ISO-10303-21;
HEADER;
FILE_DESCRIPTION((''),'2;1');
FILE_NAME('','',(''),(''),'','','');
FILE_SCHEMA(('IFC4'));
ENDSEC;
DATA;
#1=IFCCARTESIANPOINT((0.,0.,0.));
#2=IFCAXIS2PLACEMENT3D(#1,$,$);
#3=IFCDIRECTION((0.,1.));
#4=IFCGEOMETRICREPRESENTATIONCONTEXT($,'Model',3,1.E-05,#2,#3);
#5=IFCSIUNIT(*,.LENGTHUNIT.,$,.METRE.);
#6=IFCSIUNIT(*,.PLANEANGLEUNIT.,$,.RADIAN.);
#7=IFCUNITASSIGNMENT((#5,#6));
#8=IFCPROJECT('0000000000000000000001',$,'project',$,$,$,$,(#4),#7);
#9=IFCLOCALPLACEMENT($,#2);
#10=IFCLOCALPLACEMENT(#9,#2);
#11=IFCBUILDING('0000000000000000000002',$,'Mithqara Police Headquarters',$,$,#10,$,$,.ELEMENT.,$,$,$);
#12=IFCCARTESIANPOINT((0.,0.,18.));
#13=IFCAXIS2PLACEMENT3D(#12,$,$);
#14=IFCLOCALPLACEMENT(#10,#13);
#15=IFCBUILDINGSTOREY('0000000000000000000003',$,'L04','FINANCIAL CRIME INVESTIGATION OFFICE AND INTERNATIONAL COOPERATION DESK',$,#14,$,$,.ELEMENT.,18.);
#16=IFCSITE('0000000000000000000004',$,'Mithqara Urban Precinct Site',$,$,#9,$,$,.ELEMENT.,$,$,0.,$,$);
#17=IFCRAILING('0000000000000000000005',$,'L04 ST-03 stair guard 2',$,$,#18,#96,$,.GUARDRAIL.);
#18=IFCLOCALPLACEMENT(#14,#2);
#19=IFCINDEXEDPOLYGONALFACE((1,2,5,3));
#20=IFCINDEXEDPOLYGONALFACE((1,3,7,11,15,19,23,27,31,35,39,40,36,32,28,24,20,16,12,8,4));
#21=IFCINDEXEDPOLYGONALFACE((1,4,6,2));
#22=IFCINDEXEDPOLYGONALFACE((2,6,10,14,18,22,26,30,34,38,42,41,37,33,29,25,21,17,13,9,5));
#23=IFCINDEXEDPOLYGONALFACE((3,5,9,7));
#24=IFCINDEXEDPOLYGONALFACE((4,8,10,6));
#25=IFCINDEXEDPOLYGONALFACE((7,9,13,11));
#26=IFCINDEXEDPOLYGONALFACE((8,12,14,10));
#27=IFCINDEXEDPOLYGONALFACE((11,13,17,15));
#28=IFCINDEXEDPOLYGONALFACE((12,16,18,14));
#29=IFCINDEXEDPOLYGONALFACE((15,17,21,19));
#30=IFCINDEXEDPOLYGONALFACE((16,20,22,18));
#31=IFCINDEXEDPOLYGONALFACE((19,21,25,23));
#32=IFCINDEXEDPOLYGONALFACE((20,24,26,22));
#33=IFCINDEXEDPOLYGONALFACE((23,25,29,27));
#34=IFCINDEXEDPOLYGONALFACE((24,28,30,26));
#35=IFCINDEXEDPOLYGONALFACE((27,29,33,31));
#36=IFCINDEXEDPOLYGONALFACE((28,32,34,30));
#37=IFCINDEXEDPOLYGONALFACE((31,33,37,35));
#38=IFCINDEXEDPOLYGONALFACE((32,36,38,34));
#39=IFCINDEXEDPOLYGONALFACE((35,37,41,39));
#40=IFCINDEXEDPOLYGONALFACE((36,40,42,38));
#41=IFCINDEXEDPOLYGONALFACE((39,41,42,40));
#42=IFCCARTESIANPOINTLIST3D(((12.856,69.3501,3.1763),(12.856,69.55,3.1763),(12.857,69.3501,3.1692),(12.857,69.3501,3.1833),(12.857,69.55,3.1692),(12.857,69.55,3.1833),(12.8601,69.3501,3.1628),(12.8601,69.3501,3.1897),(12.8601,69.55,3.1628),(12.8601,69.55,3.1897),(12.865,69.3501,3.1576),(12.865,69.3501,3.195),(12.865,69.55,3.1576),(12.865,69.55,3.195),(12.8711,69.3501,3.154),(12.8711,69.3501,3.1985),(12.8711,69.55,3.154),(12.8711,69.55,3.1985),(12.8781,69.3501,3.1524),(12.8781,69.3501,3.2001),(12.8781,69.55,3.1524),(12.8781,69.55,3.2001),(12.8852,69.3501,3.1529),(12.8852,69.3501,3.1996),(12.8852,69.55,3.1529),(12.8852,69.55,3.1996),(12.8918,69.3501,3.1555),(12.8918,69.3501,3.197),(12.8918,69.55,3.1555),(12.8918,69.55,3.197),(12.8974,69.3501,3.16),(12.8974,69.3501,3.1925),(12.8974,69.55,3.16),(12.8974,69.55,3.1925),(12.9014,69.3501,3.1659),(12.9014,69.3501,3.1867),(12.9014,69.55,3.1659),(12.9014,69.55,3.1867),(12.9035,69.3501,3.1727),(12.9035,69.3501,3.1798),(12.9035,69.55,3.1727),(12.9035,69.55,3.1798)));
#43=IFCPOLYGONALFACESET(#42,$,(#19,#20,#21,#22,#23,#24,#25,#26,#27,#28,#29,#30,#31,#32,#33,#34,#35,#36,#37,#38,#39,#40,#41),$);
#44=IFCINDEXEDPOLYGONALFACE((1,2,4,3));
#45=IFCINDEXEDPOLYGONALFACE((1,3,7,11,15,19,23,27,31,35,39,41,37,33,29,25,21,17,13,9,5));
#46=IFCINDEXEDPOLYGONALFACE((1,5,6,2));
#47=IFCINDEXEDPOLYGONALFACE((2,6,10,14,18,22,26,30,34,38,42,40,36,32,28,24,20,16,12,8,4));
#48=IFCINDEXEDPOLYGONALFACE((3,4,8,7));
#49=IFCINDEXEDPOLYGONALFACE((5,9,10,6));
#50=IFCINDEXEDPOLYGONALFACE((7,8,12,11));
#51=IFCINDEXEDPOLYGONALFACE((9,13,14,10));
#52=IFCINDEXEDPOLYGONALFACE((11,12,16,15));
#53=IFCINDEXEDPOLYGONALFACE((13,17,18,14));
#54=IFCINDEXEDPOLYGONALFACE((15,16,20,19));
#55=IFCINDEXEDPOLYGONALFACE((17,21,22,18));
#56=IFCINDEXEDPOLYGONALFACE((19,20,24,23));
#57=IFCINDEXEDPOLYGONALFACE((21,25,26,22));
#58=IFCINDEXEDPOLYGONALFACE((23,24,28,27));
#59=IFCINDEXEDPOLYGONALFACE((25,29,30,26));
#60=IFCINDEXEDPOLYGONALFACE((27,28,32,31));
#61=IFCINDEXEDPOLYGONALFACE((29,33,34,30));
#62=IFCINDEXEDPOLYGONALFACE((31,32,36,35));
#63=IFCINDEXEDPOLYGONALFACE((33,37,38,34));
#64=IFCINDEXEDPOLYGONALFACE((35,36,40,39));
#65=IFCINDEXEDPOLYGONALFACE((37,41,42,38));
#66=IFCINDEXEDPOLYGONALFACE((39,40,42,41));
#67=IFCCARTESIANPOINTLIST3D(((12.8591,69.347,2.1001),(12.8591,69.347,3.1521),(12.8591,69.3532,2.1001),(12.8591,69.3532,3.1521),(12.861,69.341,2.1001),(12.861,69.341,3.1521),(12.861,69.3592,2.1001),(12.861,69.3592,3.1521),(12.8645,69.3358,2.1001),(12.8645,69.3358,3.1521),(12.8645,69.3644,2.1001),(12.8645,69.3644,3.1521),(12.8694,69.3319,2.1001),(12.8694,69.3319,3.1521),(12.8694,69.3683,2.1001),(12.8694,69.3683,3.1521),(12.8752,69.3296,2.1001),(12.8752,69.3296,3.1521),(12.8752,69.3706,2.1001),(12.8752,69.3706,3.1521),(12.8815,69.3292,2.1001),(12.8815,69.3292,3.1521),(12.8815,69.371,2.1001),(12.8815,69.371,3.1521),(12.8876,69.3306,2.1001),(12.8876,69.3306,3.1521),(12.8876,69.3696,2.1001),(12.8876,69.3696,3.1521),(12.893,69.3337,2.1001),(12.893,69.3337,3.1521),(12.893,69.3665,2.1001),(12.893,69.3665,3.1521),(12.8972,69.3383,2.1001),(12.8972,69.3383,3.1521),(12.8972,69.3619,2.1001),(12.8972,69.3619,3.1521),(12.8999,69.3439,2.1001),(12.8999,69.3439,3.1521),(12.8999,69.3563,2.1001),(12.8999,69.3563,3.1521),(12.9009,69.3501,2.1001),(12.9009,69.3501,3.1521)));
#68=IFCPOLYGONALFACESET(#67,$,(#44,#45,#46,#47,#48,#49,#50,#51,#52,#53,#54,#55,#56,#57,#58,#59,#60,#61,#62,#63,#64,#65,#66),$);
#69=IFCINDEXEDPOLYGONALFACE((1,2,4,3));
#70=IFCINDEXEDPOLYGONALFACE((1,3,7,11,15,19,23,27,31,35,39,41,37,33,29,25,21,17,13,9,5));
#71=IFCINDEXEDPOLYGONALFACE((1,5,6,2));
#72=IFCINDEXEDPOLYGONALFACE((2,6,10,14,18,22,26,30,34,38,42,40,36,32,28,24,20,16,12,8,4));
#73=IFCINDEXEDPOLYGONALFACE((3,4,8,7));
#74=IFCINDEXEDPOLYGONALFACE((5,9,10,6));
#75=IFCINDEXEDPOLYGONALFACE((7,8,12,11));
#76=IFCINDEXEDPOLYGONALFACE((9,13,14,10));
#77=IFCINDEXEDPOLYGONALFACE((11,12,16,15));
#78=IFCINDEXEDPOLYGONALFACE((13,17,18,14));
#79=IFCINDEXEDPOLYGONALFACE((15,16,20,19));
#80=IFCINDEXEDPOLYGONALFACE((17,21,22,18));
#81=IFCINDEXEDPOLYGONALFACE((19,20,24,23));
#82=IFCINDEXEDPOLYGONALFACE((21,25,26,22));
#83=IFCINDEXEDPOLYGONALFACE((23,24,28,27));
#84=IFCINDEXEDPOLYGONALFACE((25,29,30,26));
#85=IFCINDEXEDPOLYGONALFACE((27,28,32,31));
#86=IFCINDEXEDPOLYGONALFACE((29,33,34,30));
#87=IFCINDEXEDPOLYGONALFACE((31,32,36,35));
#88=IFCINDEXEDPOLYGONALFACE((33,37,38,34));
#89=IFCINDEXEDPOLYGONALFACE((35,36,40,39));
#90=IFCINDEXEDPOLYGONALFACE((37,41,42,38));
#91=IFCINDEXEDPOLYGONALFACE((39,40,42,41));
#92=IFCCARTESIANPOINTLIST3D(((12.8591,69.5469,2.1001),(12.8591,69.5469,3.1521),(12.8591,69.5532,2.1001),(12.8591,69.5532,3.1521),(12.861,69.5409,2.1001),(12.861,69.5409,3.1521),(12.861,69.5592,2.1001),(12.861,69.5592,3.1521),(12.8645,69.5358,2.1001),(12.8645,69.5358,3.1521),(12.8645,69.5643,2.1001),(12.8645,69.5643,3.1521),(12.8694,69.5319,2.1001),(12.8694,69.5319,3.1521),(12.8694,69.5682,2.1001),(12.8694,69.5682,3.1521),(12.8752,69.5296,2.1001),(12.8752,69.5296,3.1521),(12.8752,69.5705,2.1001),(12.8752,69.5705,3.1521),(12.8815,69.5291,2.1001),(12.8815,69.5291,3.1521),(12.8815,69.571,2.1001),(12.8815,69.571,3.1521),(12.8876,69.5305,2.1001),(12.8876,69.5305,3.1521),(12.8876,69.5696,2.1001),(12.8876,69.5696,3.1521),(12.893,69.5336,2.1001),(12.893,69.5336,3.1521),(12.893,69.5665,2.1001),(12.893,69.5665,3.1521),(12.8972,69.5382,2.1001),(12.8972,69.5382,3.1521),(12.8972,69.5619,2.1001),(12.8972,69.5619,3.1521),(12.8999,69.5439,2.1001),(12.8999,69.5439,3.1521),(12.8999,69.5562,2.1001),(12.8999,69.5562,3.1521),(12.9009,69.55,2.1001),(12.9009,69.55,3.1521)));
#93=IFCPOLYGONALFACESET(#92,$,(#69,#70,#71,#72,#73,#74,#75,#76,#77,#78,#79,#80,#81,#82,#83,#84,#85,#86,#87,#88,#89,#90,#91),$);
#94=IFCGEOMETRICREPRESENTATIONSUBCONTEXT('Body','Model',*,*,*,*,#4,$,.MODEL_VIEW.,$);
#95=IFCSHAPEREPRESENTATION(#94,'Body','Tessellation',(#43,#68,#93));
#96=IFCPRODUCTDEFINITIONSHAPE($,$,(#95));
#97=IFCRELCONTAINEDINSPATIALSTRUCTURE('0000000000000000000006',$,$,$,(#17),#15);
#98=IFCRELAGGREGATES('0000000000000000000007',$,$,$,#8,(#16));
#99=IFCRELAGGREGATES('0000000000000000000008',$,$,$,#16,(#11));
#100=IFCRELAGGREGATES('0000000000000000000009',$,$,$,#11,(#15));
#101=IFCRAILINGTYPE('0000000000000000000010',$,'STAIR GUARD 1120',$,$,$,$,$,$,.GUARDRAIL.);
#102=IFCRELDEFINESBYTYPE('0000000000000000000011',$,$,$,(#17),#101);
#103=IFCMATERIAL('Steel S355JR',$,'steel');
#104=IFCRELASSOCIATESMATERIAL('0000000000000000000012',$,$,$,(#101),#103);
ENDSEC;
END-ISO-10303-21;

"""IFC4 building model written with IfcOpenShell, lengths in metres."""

from ifc_helpers import new_model, si_unit, direction, frame, origin, origin_2d, place, context, subcontext, project, spatial, circle, extrude, material, type_object, element, save


model = new_model("IFC4")

# Units and contexts
model_context = context("Model", 3, precision=1e-05, world=origin(), true_north=direction((0.0, 1.0)))
body_context = subcontext(model_context, "Body", "Model", "MODEL_VIEW")
ifc_project = project(units=[si_unit("LENGTHUNIT", "METRE"), si_unit("PLANEANGLEUNIT", "RADIAN")], contexts=[model_context])

# Site, building, storey
site_placement = place(None, origin())
site = spatial("IfcSite", under=ifc_project, at=site_placement, Name="Mithqara Urban Precinct Site", CompositionType="ELEMENT", RefElevation=0.0)
building_placement = place(site_placement, origin())
building = spatial("IfcBuilding", under=site, at=building_placement, Name="Mithqara Police Headquarters", CompositionType="ELEMENT")
storey_placement = place(building_placement, frame((0.0, 0.0, 18.0)))
storey = spatial("IfcBuildingStorey", under=building, at=storey_placement, Name="L04", Description="FINANCIAL CRIME INVESTIGATION OFFICE AND INTERNATIONAL COOPERATION DESK", CompositionType="ELEMENT", Elevation=18.0)

# Shared definitions
ifc_material_1 = material(Name="Steel S355JR", Category="steel")

# Railing
railing_type_1 = type_object("IfcRailingType", Name="STAIR GUARD 1120", PredefinedType="GUARDRAIL", material=ifc_material_1)
railing_1_placement = place(storey_placement, frame((12.8799, 69.3501, 2.1001)))
element("IfcRailing", 1, at=railing_1_placement, inside=storey, type_object=railing_type_1, Name="L04 ST-03 stair guard 2", PredefinedType="GUARDRAIL", context=body_context, shape_type="SweptSolid", body=[
    extrude(circle(Radius=0.0239, at=origin_2d()), frame((0.0, 0.0, 1.0762), z_axis=(0.0, 1.0, 0.0), x_axis=(-1.0, 0.0, 0.0)), (0.0, 0.0, 1.0), 0.2),
    extrude(circle(Radius=0.021, at=origin_2d()), origin(), (0.0, 0.0, 1.0), 1.052),
    extrude(circle(Radius=0.021, at=origin_2d()), frame((0.0, 0.2, 0.0)), (0.0, 0.0, 1.0), 1.052),
])

save(model, "model.ifc")
